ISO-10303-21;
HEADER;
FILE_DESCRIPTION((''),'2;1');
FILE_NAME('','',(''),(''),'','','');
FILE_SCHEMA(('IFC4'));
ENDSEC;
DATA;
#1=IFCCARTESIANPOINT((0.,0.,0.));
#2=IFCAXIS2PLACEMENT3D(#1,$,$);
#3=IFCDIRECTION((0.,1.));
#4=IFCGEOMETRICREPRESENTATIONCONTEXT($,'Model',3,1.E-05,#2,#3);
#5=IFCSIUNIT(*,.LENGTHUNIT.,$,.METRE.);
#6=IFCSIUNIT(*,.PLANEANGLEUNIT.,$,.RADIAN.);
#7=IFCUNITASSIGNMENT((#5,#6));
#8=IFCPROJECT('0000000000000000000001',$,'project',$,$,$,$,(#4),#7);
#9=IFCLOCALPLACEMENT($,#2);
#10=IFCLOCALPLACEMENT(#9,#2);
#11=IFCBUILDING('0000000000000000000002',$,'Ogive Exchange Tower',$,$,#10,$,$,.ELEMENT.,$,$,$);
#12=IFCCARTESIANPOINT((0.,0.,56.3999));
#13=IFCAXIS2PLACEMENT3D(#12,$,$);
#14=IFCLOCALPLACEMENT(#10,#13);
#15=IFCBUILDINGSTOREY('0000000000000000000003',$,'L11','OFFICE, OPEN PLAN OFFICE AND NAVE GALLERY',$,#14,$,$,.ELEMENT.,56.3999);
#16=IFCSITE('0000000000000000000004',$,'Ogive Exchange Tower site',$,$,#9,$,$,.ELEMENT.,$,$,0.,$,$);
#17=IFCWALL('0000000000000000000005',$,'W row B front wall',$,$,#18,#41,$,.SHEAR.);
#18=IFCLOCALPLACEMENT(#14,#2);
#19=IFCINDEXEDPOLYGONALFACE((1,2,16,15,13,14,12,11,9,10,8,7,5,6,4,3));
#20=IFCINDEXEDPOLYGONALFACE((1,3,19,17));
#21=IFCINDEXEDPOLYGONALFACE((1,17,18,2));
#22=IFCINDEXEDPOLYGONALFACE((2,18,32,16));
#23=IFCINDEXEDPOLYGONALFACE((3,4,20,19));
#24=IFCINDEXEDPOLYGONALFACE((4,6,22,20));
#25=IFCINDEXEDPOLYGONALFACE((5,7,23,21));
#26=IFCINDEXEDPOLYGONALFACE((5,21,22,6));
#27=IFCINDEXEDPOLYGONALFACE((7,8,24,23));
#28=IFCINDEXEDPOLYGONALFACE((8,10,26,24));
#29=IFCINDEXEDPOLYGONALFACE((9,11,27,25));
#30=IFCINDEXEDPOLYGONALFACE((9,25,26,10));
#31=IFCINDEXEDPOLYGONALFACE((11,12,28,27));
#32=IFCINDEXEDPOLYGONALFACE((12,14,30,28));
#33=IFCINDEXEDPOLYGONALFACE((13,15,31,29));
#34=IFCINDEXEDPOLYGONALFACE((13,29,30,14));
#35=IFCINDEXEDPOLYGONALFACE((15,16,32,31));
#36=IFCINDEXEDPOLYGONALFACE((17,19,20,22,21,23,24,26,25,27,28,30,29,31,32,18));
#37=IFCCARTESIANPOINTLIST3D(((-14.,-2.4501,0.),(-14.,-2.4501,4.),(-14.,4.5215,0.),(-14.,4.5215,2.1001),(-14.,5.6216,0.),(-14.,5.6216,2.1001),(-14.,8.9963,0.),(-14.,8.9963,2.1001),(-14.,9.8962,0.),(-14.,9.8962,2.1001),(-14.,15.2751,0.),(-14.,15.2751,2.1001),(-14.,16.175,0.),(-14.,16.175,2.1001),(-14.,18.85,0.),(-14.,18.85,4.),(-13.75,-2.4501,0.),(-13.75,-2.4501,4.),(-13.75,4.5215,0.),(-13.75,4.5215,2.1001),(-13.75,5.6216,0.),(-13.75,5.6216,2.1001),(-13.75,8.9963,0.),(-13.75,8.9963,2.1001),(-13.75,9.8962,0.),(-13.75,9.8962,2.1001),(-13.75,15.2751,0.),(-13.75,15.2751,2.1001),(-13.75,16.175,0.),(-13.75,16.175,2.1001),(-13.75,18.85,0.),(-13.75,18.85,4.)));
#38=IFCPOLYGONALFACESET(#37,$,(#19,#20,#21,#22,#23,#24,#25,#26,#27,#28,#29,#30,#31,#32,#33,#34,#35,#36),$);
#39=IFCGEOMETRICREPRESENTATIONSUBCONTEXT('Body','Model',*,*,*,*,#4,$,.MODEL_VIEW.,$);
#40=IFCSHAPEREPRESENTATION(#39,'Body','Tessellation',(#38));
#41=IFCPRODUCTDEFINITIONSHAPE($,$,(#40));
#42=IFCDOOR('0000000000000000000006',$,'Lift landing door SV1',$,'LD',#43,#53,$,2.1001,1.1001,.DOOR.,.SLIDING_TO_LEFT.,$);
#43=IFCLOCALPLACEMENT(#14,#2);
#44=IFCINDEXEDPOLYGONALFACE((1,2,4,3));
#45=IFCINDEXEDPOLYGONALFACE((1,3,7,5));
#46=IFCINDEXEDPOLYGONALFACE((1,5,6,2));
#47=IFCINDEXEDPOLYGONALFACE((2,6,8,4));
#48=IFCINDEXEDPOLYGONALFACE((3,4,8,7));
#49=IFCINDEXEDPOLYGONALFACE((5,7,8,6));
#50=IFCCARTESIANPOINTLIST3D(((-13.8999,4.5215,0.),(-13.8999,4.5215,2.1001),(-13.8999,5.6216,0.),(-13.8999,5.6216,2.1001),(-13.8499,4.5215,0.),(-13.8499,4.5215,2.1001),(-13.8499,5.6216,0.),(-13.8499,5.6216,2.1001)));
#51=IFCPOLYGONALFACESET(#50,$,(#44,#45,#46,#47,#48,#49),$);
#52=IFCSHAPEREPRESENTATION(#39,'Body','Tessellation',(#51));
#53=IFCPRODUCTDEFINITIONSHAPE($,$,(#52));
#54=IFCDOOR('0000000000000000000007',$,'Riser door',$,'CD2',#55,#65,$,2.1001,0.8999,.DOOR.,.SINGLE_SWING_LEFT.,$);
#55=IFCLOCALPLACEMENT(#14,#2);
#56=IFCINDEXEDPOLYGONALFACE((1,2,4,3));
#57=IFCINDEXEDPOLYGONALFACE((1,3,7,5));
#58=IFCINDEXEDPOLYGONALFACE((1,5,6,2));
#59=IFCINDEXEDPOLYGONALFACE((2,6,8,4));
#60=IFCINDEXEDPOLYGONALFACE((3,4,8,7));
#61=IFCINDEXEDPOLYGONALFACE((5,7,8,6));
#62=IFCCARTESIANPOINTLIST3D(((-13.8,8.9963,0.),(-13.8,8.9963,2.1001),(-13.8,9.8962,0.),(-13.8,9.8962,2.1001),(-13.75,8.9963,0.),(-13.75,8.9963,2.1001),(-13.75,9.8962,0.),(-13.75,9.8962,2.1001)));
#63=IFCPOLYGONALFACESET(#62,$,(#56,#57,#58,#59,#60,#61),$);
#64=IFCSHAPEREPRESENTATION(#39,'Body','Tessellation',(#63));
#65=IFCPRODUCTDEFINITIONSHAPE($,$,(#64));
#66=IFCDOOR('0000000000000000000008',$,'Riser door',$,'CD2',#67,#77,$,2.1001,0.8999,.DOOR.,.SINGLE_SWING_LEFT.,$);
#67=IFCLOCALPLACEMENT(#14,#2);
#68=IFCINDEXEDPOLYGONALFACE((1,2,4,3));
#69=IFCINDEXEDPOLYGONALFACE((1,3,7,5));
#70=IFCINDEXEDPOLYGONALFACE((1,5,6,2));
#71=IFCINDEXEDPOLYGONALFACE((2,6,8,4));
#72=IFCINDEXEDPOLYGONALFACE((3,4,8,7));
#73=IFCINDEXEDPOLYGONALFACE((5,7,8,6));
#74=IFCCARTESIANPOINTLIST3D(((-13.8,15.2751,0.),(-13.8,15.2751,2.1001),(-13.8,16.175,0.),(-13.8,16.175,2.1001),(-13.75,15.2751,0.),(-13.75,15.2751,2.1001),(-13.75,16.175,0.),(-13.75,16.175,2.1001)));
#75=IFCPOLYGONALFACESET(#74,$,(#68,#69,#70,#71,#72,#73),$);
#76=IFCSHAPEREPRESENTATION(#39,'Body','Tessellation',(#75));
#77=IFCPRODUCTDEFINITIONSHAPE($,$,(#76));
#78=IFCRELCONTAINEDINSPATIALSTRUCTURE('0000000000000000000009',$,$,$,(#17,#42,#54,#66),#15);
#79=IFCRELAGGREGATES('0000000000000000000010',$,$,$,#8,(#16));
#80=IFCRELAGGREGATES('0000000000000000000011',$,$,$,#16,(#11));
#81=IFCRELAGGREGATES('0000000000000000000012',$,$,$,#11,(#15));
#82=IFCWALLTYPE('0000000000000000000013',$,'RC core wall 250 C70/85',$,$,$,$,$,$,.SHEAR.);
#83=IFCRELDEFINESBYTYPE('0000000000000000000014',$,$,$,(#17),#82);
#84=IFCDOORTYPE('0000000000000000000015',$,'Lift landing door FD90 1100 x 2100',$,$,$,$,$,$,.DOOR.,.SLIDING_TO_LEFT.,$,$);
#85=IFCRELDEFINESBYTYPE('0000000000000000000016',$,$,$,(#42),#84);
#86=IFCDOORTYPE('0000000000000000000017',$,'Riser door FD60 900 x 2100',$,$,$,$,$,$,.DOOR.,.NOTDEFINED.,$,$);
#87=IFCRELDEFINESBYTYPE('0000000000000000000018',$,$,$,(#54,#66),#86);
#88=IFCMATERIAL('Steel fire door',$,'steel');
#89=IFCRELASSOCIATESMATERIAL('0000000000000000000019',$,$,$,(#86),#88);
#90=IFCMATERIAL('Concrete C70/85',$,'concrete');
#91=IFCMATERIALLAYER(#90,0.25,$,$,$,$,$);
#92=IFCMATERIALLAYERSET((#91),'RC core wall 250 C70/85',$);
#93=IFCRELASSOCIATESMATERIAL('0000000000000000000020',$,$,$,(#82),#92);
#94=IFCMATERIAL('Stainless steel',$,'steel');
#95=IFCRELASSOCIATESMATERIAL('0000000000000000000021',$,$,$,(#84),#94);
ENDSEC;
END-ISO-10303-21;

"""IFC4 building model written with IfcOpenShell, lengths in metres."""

from ifc_helpers import new_model, si_unit, direction, frame, frame_2d, origin, place, context, subcontext, project, spatial, rectangle, extrude, material, layer, layer_set, type_object, element, fill, save


model = new_model("IFC4")

# Units and contexts
model_context = context("Model", 3, precision=1e-05, world=origin(), true_north=direction((0.0, 1.0)))
body_context = subcontext(model_context, "Body", "Model", "MODEL_VIEW")
ifc_project = project(units=[si_unit("LENGTHUNIT", "METRE"), si_unit("PLANEANGLEUNIT", "RADIAN")], contexts=[model_context])

# Site, building, storey
site_placement = place(None, origin())
site = spatial("IfcSite", under=ifc_project, at=site_placement, Name="Ogive Exchange Tower site", CompositionType="ELEMENT", RefElevation=0.0)
building_placement = place(site_placement, origin())
building = spatial("IfcBuilding", under=site, at=building_placement, Name="Ogive Exchange Tower", CompositionType="ELEMENT")
storey_placement = place(building_placement, frame((0.0, 0.0, 56.3999)))
storey = spatial("IfcBuildingStorey", under=building, at=storey_placement, Name="L11", Description="OFFICE, OPEN PLAN OFFICE AND NAVE GALLERY", CompositionType="ELEMENT", Elevation=56.3999)

# Shared definitions
ifc_material_1 = material(Name="Concrete C70/85", Category="concrete")
ifc_material_2 = material(Name="Steel fire door", Category="steel")
door_type_1 = type_object("IfcDoorType", Name="Riser door FD60 900 x 2100", OperationType="NOTDEFINED", PredefinedType="DOOR", material=ifc_material_2)

# Shared definitions
ifc_layer_1 = layer(ifc_material_1, 0.25)
ifc_layer_set_1 = layer_set([ifc_layer_1], Name="RC core wall 250 C70/85")
wall_type_1 = type_object("IfcWallType", Name="RC core wall 250 C70/85", PredefinedType="SHEAR", material=ifc_layer_set_1)

# Wall, openings, doors
wall_1_placement = place(storey_placement, frame((-13.875, -2.45, 0.0), z_axis=(0.0, 0.0, 1.0), x_axis=(0.0, 1.0, 0.0)))
wall_1 = element("IfcWall", 1, at=wall_1_placement, inside=storey, type_object=wall_type_1, Name="W row B front wall", PredefinedType="SHEAR", context=body_context, shape_type="SweptSolid", body=[
    extrude(rectangle(XDim=21.3, YDim=0.25, at=frame_2d((10.6499, 0.0))), origin(), (0.0, 0.0, 1.0), 4.0),
])
opening_1_placement = place(wall_1_placement, frame((11.4463, 0.0, 0.0)))
opening_1 = element("IfcOpeningElement", 2, at=opening_1_placement, cuts=wall_1, PredefinedType="OPENING", context=body_context, shape_type="SweptSolid", body=[
    extrude(rectangle(XDim=0.8999, YDim=2.1001, at=frame_2d((0.45, 1.05))), frame((0.0, 0.135, 0.0), z_axis=(0.0, -1.0, 0.0), x_axis=(1.0, 0.0, 0.0)), (0.0, 0.0, 1.0), 0.27),
])
opening_2_placement = place(wall_1_placement, frame((17.7251, 0.0, 0.0)))
opening_2 = element("IfcOpeningElement", 3, at=opening_2_placement, cuts=wall_1, PredefinedType="OPENING", context=body_context, shape_type="SweptSolid", body=[
    extrude(rectangle(XDim=0.8999, YDim=2.1001, at=frame_2d((0.45, 1.05))), frame((0.0, 0.135, 0.0), z_axis=(0.0, -1.0, 0.0), x_axis=(1.0, 0.0, 0.0)), (0.0, 0.0, 1.0), 0.27),
])
opening_3_placement = place(wall_1_placement, frame((6.9714, 0.0, 0.0)))
opening_3 = element("IfcOpeningElement", 4, at=opening_3_placement, cuts=wall_1, PredefinedType="OPENING", context=body_context, shape_type="SweptSolid", body=[
    extrude(rectangle(XDim=1.1001, YDim=2.1001, at=frame_2d((0.55, 1.05))), frame((0.0, 0.135, 0.0), z_axis=(0.0, -1.0, 0.0), x_axis=(1.0, 0.0, 0.0)), (0.0, 0.0, 1.0), 0.27),
])
ifc_material_3 = material(Name="Stainless steel", Category="steel")
door_type_2 = type_object("IfcDoorType", Name="Lift landing door FD90 1100 x 2100", OperationType="SLIDING_TO_LEFT", PredefinedType="DOOR", material=ifc_material_3)
door_1_placement = place(opening_3_placement, origin())
door_1 = element("IfcDoor", 5, at=door_1_placement, inside=storey, type_object=door_type_2, Name="Lift landing door SV1", ObjectType="LD", OperationType="SLIDING_TO_LEFT", OverallHeight=2.1001, OverallWidth=1.1001, PredefinedType="DOOR", context=body_context, shape_type="SweptSolid", body=[
    extrude(rectangle(XDim=1.1001, YDim=2.1001, at=frame_2d((0.55, 1.05))), frame((0.0, 0.0249, 0.0), z_axis=(0.0, -1.0, 0.0), x_axis=(1.0, 0.0, 0.0)), (0.0, 0.0, 1.0), 0.05),
])
fill(opening_3, door_1)
door_2_placement = place(opening_1_placement, frame((0.8999, -0.2002, 0.0), z_axis=(0.0, 0.0, 1.0), x_axis=(-1.0, 0.0, 0.0)))
door_2 = element("IfcDoor", 6, at=door_2_placement, inside=storey, type_object=door_type_1, Name="Riser door", ObjectType="CD2", OperationType="SINGLE_SWING_LEFT", OverallHeight=2.1001, OverallWidth=0.8999, PredefinedType="DOOR", context=body_context, shape_type="SweptSolid", body=[
    extrude(rectangle(XDim=0.8999, YDim=2.1001, at=frame_2d((0.45, 1.05))), frame((0.0, -0.0752, 0.0), z_axis=(0.0, -1.0, 0.0), x_axis=(1.0, 0.0, 0.0)), (0.0, 0.0, 1.0), 0.05),
])
fill(opening_1, door_2)
door_3_placement = place(opening_2_placement, frame((0.8999, -0.2002, 0.0), z_axis=(0.0, 0.0, 1.0), x_axis=(-1.0, 0.0, 0.0)))
door_3 = element("IfcDoor", 7, at=door_3_placement, inside=storey, type_object=door_type_1, Name="Riser door", ObjectType="CD2", OperationType="SINGLE_SWING_LEFT", OverallHeight=2.1001, OverallWidth=0.8999, PredefinedType="DOOR", context=body_context, shape_type="SweptSolid", body=[
    extrude(rectangle(XDim=0.8999, YDim=2.1001, at=frame_2d((0.45, 1.05))), frame((0.0, -0.0752, 0.0), z_axis=(0.0, -1.0, 0.0), x_axis=(1.0, 0.0, 0.0)), (0.0, 0.0, 1.0), 0.05),
])
fill(opening_2, door_3)

save(model, "model.ifc")
